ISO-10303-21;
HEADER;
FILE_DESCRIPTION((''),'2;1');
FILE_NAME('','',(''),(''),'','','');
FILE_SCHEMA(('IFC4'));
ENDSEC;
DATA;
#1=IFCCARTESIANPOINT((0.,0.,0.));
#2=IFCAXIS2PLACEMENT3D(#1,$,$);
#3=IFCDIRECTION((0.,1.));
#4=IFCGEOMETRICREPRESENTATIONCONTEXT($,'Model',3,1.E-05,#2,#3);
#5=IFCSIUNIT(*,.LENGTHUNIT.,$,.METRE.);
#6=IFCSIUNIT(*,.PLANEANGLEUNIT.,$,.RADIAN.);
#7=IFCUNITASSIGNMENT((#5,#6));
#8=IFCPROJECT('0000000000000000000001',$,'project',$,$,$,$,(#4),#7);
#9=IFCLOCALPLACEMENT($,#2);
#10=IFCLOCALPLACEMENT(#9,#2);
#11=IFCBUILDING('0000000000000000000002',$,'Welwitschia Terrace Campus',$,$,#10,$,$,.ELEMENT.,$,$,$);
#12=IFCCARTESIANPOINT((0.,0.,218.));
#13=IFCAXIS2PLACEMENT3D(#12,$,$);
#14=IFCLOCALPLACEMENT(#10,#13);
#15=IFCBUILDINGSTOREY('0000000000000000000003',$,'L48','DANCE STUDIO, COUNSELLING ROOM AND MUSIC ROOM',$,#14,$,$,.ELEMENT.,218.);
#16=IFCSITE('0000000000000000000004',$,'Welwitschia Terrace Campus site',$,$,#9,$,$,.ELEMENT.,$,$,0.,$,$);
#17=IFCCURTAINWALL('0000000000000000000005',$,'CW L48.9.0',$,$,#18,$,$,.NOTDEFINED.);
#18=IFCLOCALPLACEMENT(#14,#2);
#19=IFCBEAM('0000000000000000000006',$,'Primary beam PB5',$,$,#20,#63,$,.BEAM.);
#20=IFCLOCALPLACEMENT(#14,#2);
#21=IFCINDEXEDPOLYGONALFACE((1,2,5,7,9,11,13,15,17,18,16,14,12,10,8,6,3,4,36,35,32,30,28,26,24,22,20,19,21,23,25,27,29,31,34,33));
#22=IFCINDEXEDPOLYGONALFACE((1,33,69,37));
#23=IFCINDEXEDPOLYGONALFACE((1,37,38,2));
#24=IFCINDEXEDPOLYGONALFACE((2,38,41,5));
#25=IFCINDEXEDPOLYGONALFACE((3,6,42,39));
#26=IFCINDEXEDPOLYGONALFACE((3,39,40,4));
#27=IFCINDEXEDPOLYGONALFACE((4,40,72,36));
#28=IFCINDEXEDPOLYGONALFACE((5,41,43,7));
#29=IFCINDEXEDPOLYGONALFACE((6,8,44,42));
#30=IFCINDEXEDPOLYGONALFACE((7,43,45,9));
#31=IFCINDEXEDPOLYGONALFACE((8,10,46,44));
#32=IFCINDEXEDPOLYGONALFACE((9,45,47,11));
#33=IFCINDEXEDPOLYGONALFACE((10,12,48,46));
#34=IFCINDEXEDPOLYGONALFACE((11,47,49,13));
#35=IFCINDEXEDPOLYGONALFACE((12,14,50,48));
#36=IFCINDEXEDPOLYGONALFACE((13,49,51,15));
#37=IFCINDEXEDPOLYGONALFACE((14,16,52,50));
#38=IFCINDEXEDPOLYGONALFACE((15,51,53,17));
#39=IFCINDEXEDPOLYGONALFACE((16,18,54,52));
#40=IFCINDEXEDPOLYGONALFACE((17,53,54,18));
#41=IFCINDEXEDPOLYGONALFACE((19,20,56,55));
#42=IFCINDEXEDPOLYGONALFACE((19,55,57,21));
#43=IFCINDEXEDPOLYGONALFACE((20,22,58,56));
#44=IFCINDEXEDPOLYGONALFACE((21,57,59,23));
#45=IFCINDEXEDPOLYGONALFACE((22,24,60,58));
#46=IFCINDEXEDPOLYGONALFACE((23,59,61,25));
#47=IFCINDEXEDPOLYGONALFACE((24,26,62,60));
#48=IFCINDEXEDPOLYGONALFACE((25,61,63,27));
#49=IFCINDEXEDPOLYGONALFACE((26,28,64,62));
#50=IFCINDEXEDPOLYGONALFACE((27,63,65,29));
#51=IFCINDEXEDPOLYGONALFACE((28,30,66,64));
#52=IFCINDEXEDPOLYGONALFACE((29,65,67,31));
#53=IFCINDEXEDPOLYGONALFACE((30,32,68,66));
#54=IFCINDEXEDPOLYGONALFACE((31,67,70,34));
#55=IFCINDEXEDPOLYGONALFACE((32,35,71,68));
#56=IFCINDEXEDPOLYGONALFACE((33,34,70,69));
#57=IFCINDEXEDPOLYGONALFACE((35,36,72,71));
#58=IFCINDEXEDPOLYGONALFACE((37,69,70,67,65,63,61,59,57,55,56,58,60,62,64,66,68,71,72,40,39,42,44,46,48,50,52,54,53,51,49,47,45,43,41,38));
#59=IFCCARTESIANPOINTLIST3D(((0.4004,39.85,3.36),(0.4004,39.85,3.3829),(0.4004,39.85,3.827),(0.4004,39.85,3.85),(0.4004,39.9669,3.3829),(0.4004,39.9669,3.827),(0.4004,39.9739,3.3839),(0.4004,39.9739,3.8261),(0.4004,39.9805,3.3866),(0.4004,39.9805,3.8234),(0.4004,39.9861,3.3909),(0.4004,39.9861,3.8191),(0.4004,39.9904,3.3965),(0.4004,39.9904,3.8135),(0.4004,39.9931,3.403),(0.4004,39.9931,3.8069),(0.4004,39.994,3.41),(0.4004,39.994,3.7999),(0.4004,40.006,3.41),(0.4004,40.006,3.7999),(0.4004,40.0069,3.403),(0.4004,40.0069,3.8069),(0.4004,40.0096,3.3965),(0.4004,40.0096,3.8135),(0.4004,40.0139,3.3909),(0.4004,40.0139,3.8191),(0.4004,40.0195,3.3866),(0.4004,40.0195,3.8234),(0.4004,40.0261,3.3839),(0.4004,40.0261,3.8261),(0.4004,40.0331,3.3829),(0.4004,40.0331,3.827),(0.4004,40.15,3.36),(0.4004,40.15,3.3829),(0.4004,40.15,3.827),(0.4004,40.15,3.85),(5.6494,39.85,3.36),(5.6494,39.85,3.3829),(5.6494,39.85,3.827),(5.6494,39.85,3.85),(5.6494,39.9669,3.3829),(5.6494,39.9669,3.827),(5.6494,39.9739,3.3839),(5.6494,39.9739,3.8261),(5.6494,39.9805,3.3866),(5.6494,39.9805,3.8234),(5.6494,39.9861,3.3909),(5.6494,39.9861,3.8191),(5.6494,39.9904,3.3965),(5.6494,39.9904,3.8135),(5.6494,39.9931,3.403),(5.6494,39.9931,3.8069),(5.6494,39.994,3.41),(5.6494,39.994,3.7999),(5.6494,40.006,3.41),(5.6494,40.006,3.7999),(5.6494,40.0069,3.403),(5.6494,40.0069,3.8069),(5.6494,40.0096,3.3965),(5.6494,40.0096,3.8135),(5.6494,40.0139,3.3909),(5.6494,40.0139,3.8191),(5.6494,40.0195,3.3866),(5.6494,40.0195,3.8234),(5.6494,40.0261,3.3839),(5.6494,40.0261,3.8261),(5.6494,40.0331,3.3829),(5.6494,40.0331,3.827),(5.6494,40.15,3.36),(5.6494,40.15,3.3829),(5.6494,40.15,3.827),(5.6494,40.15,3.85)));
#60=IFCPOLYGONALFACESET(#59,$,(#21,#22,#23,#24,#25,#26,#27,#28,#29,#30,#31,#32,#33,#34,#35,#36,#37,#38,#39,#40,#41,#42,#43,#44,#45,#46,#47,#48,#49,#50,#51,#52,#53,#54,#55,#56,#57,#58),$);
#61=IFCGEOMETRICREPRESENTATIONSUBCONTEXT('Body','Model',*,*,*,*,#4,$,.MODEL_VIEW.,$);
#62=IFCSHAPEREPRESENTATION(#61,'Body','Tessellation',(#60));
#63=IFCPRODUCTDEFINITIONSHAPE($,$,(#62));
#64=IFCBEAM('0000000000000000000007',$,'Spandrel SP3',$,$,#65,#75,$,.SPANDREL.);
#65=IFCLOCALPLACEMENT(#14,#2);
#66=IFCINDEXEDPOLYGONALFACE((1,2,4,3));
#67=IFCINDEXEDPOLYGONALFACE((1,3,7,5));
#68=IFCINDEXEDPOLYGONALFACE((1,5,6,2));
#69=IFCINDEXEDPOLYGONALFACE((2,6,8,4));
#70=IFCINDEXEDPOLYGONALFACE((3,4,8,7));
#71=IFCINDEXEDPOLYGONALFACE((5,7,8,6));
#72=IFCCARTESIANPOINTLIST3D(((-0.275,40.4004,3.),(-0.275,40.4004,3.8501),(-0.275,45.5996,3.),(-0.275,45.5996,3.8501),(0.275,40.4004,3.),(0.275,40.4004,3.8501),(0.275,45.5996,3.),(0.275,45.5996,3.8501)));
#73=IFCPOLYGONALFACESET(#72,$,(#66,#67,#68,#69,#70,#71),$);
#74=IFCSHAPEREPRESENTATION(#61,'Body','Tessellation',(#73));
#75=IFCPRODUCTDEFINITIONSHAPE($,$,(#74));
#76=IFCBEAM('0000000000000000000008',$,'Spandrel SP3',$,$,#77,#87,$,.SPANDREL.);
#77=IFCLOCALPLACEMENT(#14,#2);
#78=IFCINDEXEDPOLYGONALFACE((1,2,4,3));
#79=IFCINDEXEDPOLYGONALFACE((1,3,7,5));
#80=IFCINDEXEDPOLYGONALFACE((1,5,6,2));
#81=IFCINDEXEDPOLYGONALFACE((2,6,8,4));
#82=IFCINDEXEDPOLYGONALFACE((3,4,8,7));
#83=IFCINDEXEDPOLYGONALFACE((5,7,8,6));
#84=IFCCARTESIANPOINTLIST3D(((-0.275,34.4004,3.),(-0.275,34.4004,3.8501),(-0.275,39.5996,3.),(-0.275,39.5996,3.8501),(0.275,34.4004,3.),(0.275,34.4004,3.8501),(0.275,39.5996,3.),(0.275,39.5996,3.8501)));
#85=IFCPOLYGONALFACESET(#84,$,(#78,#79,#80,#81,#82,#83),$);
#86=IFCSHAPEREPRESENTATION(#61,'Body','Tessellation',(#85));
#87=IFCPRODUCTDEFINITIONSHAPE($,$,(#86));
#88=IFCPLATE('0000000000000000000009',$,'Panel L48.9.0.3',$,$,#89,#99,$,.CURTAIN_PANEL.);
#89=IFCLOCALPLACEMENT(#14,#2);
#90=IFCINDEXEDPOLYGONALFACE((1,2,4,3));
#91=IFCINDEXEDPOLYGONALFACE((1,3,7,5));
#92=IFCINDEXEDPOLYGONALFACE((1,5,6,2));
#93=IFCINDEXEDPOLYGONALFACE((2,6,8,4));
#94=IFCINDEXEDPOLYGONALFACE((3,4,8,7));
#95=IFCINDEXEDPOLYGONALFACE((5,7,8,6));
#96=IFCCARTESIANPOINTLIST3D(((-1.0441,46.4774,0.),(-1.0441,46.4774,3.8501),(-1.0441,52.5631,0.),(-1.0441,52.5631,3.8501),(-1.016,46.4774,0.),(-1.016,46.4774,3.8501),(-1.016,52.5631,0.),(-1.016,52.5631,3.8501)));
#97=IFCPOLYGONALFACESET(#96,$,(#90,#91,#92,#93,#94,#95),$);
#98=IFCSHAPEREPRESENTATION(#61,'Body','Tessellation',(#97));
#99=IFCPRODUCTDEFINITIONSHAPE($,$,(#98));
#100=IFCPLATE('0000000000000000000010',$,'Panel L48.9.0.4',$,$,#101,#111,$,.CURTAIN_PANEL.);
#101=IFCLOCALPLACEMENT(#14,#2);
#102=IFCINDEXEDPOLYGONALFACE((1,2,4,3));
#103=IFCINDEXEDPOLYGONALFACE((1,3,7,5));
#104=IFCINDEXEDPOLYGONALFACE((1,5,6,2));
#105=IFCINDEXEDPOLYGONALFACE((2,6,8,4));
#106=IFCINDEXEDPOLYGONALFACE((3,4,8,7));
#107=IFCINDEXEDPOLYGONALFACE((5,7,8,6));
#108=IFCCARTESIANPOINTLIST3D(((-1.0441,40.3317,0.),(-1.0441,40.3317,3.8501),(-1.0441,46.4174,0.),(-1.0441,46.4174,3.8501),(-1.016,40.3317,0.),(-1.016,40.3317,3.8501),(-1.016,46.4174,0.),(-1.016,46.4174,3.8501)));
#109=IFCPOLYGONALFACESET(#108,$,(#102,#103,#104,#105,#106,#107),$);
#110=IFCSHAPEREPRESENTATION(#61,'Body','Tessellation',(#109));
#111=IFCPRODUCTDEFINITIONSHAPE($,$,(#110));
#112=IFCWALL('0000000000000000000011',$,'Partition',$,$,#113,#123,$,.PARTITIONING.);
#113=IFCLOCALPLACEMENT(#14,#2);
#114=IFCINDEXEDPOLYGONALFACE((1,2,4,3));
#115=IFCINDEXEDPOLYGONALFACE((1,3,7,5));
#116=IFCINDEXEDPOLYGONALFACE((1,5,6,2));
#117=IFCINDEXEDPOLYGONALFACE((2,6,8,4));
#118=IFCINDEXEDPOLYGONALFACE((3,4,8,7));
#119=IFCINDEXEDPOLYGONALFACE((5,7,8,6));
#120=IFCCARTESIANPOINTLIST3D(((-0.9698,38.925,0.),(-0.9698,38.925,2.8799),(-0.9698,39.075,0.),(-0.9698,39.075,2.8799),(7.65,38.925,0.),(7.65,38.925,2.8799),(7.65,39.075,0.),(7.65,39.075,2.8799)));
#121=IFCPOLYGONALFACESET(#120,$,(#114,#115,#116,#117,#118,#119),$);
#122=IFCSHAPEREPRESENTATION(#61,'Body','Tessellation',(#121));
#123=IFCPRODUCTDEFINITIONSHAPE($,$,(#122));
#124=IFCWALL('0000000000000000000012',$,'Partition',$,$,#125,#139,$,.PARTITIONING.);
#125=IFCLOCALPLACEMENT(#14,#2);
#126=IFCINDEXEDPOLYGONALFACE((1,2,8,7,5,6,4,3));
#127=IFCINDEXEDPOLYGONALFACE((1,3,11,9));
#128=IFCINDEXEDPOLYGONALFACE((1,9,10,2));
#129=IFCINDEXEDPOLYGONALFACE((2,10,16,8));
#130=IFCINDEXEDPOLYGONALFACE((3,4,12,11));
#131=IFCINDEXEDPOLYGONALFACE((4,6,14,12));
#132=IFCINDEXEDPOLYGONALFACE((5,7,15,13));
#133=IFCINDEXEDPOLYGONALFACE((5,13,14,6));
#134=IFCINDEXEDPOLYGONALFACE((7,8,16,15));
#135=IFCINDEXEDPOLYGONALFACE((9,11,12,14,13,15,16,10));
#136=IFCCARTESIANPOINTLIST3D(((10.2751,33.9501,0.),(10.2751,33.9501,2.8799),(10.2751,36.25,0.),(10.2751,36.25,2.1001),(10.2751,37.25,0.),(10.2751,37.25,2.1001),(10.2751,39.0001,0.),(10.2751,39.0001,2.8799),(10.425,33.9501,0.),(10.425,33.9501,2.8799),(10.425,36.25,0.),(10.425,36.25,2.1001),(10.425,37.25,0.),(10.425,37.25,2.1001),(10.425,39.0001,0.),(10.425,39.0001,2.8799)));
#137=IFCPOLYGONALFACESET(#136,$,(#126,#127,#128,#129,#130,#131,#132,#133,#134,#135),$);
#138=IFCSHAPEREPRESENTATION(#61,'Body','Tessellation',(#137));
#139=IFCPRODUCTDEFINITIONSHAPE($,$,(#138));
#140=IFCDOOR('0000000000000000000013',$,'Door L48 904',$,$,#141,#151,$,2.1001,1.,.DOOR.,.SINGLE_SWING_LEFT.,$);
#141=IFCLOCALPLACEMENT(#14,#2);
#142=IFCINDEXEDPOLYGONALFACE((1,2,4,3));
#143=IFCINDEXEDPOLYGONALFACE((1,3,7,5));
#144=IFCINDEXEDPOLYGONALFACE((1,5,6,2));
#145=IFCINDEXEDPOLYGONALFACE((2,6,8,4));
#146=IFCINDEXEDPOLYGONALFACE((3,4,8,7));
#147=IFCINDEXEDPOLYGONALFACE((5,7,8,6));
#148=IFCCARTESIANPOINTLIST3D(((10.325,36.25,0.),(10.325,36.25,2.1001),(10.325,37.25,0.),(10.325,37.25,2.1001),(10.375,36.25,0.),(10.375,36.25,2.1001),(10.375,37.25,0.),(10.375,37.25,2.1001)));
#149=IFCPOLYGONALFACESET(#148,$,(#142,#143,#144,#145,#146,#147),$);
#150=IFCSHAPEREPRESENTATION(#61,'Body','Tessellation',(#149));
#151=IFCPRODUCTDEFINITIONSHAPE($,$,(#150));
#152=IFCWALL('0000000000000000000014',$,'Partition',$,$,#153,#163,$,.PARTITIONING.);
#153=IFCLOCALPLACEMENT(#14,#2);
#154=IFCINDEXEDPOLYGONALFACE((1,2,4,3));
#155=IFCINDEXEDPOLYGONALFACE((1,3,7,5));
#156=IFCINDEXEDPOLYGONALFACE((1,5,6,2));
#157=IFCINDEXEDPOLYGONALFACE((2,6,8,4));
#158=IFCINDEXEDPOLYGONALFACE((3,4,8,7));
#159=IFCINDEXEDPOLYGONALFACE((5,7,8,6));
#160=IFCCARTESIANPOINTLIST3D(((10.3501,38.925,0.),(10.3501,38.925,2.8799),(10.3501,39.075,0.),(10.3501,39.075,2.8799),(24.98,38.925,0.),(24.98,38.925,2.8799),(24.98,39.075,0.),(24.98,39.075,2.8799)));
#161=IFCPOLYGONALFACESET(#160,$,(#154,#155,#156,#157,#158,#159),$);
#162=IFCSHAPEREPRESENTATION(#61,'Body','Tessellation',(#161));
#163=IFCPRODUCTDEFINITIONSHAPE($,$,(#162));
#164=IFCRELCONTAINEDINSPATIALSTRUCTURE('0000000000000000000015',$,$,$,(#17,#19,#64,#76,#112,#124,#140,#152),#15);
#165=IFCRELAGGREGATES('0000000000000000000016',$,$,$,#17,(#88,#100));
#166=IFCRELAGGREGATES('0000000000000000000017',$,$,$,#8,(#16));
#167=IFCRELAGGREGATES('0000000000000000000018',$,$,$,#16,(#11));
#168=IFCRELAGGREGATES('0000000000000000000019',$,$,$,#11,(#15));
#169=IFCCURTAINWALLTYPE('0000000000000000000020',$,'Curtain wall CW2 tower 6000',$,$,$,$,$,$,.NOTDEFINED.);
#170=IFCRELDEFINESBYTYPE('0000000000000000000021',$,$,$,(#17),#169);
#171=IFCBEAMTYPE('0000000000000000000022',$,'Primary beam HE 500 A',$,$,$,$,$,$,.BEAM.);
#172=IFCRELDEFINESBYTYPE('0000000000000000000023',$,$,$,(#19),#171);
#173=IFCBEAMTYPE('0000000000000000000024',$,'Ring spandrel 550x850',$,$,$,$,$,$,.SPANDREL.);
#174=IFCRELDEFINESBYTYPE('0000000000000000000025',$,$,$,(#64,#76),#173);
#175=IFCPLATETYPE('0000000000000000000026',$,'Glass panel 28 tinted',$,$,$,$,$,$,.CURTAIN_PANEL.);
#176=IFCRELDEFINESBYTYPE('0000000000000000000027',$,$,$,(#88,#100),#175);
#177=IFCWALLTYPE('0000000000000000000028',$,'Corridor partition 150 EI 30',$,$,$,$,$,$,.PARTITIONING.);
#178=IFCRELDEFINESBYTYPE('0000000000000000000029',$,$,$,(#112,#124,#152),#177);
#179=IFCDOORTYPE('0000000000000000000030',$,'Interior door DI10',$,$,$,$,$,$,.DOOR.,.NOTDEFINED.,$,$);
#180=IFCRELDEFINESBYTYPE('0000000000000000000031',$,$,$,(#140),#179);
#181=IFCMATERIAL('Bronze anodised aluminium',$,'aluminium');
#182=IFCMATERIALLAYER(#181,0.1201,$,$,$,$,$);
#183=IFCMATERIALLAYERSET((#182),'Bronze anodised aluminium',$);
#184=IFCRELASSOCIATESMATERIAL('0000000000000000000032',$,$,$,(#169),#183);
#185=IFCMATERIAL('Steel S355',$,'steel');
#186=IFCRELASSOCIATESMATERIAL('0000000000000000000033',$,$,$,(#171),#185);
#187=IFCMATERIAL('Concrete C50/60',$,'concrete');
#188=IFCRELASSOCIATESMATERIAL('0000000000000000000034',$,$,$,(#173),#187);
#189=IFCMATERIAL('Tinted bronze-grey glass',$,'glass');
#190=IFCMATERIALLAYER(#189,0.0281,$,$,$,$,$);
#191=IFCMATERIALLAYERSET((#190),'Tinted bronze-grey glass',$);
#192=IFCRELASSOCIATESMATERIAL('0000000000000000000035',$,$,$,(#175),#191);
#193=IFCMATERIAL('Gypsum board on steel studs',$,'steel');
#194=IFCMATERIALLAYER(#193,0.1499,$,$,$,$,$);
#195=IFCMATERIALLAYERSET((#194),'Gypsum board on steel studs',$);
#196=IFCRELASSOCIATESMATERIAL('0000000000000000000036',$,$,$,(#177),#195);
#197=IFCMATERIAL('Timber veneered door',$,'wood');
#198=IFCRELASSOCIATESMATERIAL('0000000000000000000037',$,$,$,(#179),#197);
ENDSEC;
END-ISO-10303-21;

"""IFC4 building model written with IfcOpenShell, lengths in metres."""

from ifc_helpers import new_model, si_unit, direction, frame, frame_2d, origin, origin_2d, place, context, subcontext, project, spatial, rectangle, i_section, extrude, material, layer, layer_set, material_profile, profile_set, type_object, element, fill, aggregate, save


model = new_model("IFC4")

# Units and contexts
model_context = context("Model", 3, precision=1e-05, world=origin(), true_north=direction((0.0, 1.0)))
body_context = subcontext(model_context, "Body", "Model", "MODEL_VIEW")
ifc_project = project(units=[si_unit("LENGTHUNIT", "METRE"), si_unit("PLANEANGLEUNIT", "RADIAN")], contexts=[model_context])

# Site, building, storey
site_placement = place(None, origin())
site = spatial("IfcSite", under=ifc_project, at=site_placement, Name="Welwitschia Terrace Campus site", CompositionType="ELEMENT", RefElevation=0.0)
building_placement = place(site_placement, origin())
building = spatial("IfcBuilding", under=site, at=building_placement, Name="Welwitschia Terrace Campus", CompositionType="ELEMENT")
storey_placement = place(building_placement, frame((0.0, 0.0, 218.0)))
storey = spatial("IfcBuildingStorey", under=building, at=storey_placement, Name="L48", Description="DANCE STUDIO, COUNSELLING ROOM AND MUSIC ROOM", CompositionType="ELEMENT", Elevation=218.0)

# Curtain wall
ifc_material_1 = material(Name="Bronze anodised aluminium", Category="aluminium")
ifc_layer_1 = layer(ifc_material_1, 0.1201)
ifc_layer_set_1 = layer_set([ifc_layer_1], Name="Bronze anodised aluminium")
curtain_wall_type = type_object("IfcCurtainWallType", Name="Curtain wall CW2 tower 6000", PredefinedType="NOTDEFINED", material=ifc_layer_set_1)
curtain_wall_placement = place(storey_placement, origin())
curtain_wall = element("IfcCurtainWall", 1, at=curtain_wall_placement, inside=storey, type_object=curtain_wall_type, Name="CW L48.9.0", PredefinedType="NOTDEFINED")

# Beams
ifc_material_2 = material(Name="Steel S355", Category="steel")
ifc_material_profile_1 = material_profile(ifc_material_2, i_section(OverallWidth=0.3, OverallDepth=0.49, WebThickness=0.012, FlangeThickness=0.0229, FilletRadius=0.0271, at=origin_2d()))
ifc_profile_set_1 = profile_set([ifc_material_profile_1], Name="Steel S355")
beam_type_1 = type_object("IfcBeamType", Name="Primary beam HE 500 A", PredefinedType="BEAM", material=ifc_profile_set_1)
beam_1_placement = place(storey_placement, frame((0.4004, 40.0, 3.605), z_axis=(1.0, 0.0, 0.0), x_axis=(0.0, 1.0, 0.0)))
element("IfcBeam", 2, at=beam_1_placement, inside=storey, type_object=beam_type_1, Name="Primary beam PB5", PredefinedType="BEAM", context=body_context, shape_type="SweptSolid", body=[
    extrude(i_section(OverallWidth=0.3, OverallDepth=0.49, WebThickness=0.012, FlangeThickness=0.0229, FilletRadius=0.0271, at=origin_2d()), origin(), (0.0, 0.0, 1.0), 5.249),
])
ifc_material_3 = material(Name="Concrete C50/60", Category="concrete")
ifc_material_profile_2 = material_profile(ifc_material_3, rectangle(XDim=0.55, YDim=0.8501, at=origin_2d()))
ifc_profile_set_2 = profile_set([ifc_material_profile_2], Name="Concrete C50/60")
beam_type_2 = type_object("IfcBeamType", Name="Ring spandrel 550x850", PredefinedType="SPANDREL", material=ifc_profile_set_2)
for number, where, z_axis, x_axis, name in (
    (3, (0.0, 45.5996, 3.425), (0.0, -1.0, 0.0), (1.0, 0.0, 0.0), "Spandrel SP3"),
    (4, (0.0, 39.5996, 3.425), (0.0, -1.0, 0.0), (1.0, 0.0, 0.0), "Spandrel SP3"),
):
    element("IfcBeam", number, at=place(storey_placement, frame(where, z_axis=z_axis, x_axis=x_axis)), inside=storey, type_object=beam_type_2, Name=name, PredefinedType="SPANDREL", context=body_context, shape_type="SweptSolid", body=[
        extrude(rectangle(XDim=0.55, YDim=0.8501, at=origin_2d()), origin(), (0.0, 0.0, 1.0), 5.1992),
    ])

# Plates
ifc_material_4 = material(Name="Tinted bronze-grey glass", Category="glass")
ifc_layer_2 = layer(ifc_material_4, 0.0281)
ifc_layer_set_2 = layer_set([ifc_layer_2], Name="Tinted bronze-grey glass")
plate_type = type_object("IfcPlateType", Name="Glass panel 28 tinted", PredefinedType="CURTAIN_PANEL", material=ifc_layer_set_2)
plate_1_placement = place(storey_placement, frame((-1.03, 49.5203, 0.0), z_axis=(0.0, 0.0, 1.0), x_axis=(0.0, -1.0, 0.0)))
plate_1 = element("IfcPlate", 5, at=plate_1_placement, type_object=plate_type, Name="Panel L48.9.0.3", PredefinedType="CURTAIN_PANEL", context=body_context, shape_type="SweptSolid", body=[
    extrude(rectangle(XDim=6.0857, YDim=0.0281, at=origin_2d()), origin(), (0.0, 0.0, 1.0), 3.8501),
])
plate_2_placement = place(storey_placement, frame((-1.03, 43.3745, 0.0), z_axis=(0.0, 0.0, 1.0), x_axis=(0.0, -1.0, 0.0)))
plate_2 = element("IfcPlate", 6, at=plate_2_placement, type_object=plate_type, Name="Panel L48.9.0.4", PredefinedType="CURTAIN_PANEL", context=body_context, shape_type="SweptSolid", body=[
    extrude(rectangle(XDim=6.0857, YDim=0.0281, at=origin_2d()), origin(), (0.0, 0.0, 1.0), 3.8501),
])
aggregate(curtain_wall, [plate_1, plate_2])

# Wall
ifc_material_5 = material(Name="Gypsum board on steel studs", Category="steel")
ifc_layer_3 = layer(ifc_material_5, 0.1499)
ifc_layer_set_3 = layer_set([ifc_layer_3], Name="Gypsum board on steel studs")
wall_type = type_object("IfcWallType", Name="Corridor partition 150 EI 30", PredefinedType="PARTITIONING", material=ifc_layer_set_3)
wall_1_placement = place(storey_placement, frame((-0.97, 39.0, 0.0), z_axis=(0.0, 0.0, 1.0), x_axis=(1.0, 0.0, 0.0)))
element("IfcWall", 7, at=wall_1_placement, inside=storey, type_object=wall_type, Name="Partition", PredefinedType="PARTITIONING", context=body_context, shape_type="SweptSolid", body=[
    extrude(rectangle(XDim=8.6199, YDim=0.1499, at=frame_2d((4.3101, 0.0))), origin(), (0.0, 0.0, 1.0), 2.8799),
])

# Wall, opening, door
wall_2_placement = place(storey_placement, frame((10.3501, 39.0, 0.0), z_axis=(0.0, 0.0, 1.0), x_axis=(0.0, -1.0, 0.0)))
wall_2 = element("IfcWall", 8, at=wall_2_placement, inside=storey, type_object=wall_type, Name="Partition", PredefinedType="PARTITIONING", context=body_context, shape_type="SweptSolid", body=[
    extrude(rectangle(XDim=5.05, YDim=0.1499, at=frame_2d((2.5249, 0.0))), origin(), (0.0, 0.0, 1.0), 2.8799),
])
opening_1_placement = place(wall_2_placement, frame((1.75, 0.0, 0.0)))
opening_1 = element("IfcOpeningElement", 9, at=opening_1_placement, cuts=wall_2, PredefinedType="OPENING", context=body_context, shape_type="SweptSolid", body=[
    extrude(rectangle(XDim=1.0, YDim=2.1001, at=frame_2d((0.5, 1.05))), frame((0.0, 0.085, 0.0), z_axis=(0.0, -1.0, 0.0), x_axis=(1.0, 0.0, 0.0)), (0.0, 0.0, 1.0), 0.1699),
])
ifc_material_6 = material(Name="Timber veneered door", Category="wood")
door_type_1 = type_object("IfcDoorType", Name="Interior door DI10", OperationType="NOTDEFINED", PredefinedType="DOOR", material=ifc_material_6)
door_1_placement = place(opening_1_placement, origin())
door_1 = element("IfcDoor", 10, at=door_1_placement, inside=storey, type_object=door_type_1, Name="Door L48 904", OperationType="SINGLE_SWING_LEFT", OverallHeight=2.1001, OverallWidth=1.0, PredefinedType="DOOR", context=body_context, shape_type="SweptSolid", body=[
    extrude(rectangle(XDim=1.0, YDim=2.1001, at=frame_2d((0.5, 1.05))), frame((0.0, 0.0249, 0.0), z_axis=(0.0, -1.0, 0.0), x_axis=(1.0, 0.0, 0.0)), (0.0, 0.0, 1.0), 0.05),
])
fill(opening_1, door_1)

# Wall
wall_3_placement = place(storey_placement, frame((10.3501, 39.0, 0.0), z_axis=(0.0, 0.0, 1.0), x_axis=(1.0, 0.0, 0.0)))
element("IfcWall", 11, at=wall_3_placement, inside=storey, type_object=wall_type, Name="Partition", PredefinedType="PARTITIONING", context=body_context, shape_type="SweptSolid", body=[
    extrude(rectangle(XDim=14.6299, YDim=0.1499, at=frame_2d((7.3149, 0.0))), origin(), (0.0, 0.0, 1.0), 2.8799),
])

save(model, "model.ifc")
